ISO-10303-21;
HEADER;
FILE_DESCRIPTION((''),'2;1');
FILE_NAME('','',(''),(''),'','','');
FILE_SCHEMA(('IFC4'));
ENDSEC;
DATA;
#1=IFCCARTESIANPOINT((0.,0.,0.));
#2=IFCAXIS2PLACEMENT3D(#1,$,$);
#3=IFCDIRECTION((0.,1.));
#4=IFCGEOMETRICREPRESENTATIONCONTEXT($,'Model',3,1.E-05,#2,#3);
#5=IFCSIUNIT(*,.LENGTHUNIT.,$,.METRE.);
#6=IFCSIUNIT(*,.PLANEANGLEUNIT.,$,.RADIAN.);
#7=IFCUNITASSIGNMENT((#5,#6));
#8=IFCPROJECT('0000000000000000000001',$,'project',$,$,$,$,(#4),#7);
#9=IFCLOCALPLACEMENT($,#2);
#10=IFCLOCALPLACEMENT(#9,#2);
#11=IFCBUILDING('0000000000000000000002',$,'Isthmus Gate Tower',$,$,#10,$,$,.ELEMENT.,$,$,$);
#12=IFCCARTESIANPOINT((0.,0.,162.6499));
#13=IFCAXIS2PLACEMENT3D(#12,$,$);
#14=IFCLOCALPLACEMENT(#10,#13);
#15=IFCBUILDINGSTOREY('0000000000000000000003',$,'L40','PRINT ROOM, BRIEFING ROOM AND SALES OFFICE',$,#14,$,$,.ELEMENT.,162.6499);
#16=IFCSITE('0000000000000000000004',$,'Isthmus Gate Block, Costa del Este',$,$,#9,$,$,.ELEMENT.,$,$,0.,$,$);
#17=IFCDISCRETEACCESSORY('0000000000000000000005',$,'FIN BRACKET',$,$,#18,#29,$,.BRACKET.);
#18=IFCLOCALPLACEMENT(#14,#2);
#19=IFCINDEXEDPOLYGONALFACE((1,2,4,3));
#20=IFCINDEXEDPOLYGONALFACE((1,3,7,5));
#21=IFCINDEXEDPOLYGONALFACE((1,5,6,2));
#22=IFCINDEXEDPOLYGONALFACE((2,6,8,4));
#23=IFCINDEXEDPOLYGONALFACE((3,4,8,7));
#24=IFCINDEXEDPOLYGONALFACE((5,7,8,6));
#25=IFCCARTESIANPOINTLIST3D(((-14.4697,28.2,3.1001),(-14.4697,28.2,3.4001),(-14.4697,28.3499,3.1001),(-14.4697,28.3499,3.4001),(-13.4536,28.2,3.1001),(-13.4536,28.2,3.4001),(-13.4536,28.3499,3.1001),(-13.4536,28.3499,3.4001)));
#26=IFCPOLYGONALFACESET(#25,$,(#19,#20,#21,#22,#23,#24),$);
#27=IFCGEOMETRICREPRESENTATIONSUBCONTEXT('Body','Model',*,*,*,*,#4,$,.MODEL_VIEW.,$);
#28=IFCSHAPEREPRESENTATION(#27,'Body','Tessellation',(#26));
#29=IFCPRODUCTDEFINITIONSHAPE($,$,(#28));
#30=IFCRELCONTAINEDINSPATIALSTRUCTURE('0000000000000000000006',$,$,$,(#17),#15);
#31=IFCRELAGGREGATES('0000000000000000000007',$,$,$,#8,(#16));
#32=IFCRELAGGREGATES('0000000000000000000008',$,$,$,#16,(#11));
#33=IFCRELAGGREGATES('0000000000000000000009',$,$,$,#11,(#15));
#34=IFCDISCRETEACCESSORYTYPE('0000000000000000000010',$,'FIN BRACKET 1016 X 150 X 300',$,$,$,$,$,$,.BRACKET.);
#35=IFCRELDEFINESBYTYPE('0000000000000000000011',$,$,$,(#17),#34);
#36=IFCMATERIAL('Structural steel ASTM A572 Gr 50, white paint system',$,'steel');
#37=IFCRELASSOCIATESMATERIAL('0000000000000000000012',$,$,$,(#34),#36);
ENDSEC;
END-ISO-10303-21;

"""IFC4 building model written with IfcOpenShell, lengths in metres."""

from ifc_helpers import new_model, si_unit, direction, frame, origin, origin_2d, place, context, subcontext, project, spatial, rectangle, extrude, material, type_object, element, save


model = new_model("IFC4")

# Units and contexts
model_context = context("Model", 3, precision=1e-05, world=origin(), true_north=direction((0.0, 1.0)))
body_context = subcontext(model_context, "Body", "Model", "MODEL_VIEW")
ifc_project = project(units=[si_unit("LENGTHUNIT", "METRE"), si_unit("PLANEANGLEUNIT", "RADIAN")], contexts=[model_context])

# Site, building, storey
site_placement = place(None, origin())
site = spatial("IfcSite", under=ifc_project, at=site_placement, Name="Isthmus Gate Block, Costa del Este", CompositionType="ELEMENT", RefElevation=0.0)
building_placement = place(site_placement, origin())
building = spatial("IfcBuilding", under=site, at=building_placement, Name="Isthmus Gate Tower", CompositionType="ELEMENT")
storey_placement = place(building_placement, frame((0.0, 0.0, 162.6499)))
storey = spatial("IfcBuildingStorey", under=building, at=storey_placement, Name="L40", Description="PRINT ROOM, BRIEFING ROOM AND SALES OFFICE", CompositionType="ELEMENT", Elevation=162.6499)

# Discrete accessory
ifc_material_1 = material(Name="Structural steel ASTM A572 Gr 50, white paint system", Category="steel")
discrete_accessory_type = type_object("IfcDiscreteAccessoryType", Name="FIN BRACKET 1016 X 150 X 300", PredefinedType="BRACKET", material=ifc_material_1)
for number, where, z_axis, x_axis, name in (
    (1, (-13.9617, 28.2749, 3.1001), (0.0, 0.0, 1.0), (0.0, 1.0, 0.0), "FIN BRACKET"),
):
    element("IfcDiscreteAccessory", number, at=place(storey_placement, frame(where, z_axis=z_axis, x_axis=x_axis)), inside=storey, type_object=discrete_accessory_type, Name=name, PredefinedType="BRACKET", context=body_context, shape_type="SweptSolid", body=[
        extrude(rectangle(XDim=0.1499, YDim=1.0161, at=origin_2d()), origin(), (0.0, 0.0, 1.0), 0.3),
    ])

save(model, "model.ifc")
